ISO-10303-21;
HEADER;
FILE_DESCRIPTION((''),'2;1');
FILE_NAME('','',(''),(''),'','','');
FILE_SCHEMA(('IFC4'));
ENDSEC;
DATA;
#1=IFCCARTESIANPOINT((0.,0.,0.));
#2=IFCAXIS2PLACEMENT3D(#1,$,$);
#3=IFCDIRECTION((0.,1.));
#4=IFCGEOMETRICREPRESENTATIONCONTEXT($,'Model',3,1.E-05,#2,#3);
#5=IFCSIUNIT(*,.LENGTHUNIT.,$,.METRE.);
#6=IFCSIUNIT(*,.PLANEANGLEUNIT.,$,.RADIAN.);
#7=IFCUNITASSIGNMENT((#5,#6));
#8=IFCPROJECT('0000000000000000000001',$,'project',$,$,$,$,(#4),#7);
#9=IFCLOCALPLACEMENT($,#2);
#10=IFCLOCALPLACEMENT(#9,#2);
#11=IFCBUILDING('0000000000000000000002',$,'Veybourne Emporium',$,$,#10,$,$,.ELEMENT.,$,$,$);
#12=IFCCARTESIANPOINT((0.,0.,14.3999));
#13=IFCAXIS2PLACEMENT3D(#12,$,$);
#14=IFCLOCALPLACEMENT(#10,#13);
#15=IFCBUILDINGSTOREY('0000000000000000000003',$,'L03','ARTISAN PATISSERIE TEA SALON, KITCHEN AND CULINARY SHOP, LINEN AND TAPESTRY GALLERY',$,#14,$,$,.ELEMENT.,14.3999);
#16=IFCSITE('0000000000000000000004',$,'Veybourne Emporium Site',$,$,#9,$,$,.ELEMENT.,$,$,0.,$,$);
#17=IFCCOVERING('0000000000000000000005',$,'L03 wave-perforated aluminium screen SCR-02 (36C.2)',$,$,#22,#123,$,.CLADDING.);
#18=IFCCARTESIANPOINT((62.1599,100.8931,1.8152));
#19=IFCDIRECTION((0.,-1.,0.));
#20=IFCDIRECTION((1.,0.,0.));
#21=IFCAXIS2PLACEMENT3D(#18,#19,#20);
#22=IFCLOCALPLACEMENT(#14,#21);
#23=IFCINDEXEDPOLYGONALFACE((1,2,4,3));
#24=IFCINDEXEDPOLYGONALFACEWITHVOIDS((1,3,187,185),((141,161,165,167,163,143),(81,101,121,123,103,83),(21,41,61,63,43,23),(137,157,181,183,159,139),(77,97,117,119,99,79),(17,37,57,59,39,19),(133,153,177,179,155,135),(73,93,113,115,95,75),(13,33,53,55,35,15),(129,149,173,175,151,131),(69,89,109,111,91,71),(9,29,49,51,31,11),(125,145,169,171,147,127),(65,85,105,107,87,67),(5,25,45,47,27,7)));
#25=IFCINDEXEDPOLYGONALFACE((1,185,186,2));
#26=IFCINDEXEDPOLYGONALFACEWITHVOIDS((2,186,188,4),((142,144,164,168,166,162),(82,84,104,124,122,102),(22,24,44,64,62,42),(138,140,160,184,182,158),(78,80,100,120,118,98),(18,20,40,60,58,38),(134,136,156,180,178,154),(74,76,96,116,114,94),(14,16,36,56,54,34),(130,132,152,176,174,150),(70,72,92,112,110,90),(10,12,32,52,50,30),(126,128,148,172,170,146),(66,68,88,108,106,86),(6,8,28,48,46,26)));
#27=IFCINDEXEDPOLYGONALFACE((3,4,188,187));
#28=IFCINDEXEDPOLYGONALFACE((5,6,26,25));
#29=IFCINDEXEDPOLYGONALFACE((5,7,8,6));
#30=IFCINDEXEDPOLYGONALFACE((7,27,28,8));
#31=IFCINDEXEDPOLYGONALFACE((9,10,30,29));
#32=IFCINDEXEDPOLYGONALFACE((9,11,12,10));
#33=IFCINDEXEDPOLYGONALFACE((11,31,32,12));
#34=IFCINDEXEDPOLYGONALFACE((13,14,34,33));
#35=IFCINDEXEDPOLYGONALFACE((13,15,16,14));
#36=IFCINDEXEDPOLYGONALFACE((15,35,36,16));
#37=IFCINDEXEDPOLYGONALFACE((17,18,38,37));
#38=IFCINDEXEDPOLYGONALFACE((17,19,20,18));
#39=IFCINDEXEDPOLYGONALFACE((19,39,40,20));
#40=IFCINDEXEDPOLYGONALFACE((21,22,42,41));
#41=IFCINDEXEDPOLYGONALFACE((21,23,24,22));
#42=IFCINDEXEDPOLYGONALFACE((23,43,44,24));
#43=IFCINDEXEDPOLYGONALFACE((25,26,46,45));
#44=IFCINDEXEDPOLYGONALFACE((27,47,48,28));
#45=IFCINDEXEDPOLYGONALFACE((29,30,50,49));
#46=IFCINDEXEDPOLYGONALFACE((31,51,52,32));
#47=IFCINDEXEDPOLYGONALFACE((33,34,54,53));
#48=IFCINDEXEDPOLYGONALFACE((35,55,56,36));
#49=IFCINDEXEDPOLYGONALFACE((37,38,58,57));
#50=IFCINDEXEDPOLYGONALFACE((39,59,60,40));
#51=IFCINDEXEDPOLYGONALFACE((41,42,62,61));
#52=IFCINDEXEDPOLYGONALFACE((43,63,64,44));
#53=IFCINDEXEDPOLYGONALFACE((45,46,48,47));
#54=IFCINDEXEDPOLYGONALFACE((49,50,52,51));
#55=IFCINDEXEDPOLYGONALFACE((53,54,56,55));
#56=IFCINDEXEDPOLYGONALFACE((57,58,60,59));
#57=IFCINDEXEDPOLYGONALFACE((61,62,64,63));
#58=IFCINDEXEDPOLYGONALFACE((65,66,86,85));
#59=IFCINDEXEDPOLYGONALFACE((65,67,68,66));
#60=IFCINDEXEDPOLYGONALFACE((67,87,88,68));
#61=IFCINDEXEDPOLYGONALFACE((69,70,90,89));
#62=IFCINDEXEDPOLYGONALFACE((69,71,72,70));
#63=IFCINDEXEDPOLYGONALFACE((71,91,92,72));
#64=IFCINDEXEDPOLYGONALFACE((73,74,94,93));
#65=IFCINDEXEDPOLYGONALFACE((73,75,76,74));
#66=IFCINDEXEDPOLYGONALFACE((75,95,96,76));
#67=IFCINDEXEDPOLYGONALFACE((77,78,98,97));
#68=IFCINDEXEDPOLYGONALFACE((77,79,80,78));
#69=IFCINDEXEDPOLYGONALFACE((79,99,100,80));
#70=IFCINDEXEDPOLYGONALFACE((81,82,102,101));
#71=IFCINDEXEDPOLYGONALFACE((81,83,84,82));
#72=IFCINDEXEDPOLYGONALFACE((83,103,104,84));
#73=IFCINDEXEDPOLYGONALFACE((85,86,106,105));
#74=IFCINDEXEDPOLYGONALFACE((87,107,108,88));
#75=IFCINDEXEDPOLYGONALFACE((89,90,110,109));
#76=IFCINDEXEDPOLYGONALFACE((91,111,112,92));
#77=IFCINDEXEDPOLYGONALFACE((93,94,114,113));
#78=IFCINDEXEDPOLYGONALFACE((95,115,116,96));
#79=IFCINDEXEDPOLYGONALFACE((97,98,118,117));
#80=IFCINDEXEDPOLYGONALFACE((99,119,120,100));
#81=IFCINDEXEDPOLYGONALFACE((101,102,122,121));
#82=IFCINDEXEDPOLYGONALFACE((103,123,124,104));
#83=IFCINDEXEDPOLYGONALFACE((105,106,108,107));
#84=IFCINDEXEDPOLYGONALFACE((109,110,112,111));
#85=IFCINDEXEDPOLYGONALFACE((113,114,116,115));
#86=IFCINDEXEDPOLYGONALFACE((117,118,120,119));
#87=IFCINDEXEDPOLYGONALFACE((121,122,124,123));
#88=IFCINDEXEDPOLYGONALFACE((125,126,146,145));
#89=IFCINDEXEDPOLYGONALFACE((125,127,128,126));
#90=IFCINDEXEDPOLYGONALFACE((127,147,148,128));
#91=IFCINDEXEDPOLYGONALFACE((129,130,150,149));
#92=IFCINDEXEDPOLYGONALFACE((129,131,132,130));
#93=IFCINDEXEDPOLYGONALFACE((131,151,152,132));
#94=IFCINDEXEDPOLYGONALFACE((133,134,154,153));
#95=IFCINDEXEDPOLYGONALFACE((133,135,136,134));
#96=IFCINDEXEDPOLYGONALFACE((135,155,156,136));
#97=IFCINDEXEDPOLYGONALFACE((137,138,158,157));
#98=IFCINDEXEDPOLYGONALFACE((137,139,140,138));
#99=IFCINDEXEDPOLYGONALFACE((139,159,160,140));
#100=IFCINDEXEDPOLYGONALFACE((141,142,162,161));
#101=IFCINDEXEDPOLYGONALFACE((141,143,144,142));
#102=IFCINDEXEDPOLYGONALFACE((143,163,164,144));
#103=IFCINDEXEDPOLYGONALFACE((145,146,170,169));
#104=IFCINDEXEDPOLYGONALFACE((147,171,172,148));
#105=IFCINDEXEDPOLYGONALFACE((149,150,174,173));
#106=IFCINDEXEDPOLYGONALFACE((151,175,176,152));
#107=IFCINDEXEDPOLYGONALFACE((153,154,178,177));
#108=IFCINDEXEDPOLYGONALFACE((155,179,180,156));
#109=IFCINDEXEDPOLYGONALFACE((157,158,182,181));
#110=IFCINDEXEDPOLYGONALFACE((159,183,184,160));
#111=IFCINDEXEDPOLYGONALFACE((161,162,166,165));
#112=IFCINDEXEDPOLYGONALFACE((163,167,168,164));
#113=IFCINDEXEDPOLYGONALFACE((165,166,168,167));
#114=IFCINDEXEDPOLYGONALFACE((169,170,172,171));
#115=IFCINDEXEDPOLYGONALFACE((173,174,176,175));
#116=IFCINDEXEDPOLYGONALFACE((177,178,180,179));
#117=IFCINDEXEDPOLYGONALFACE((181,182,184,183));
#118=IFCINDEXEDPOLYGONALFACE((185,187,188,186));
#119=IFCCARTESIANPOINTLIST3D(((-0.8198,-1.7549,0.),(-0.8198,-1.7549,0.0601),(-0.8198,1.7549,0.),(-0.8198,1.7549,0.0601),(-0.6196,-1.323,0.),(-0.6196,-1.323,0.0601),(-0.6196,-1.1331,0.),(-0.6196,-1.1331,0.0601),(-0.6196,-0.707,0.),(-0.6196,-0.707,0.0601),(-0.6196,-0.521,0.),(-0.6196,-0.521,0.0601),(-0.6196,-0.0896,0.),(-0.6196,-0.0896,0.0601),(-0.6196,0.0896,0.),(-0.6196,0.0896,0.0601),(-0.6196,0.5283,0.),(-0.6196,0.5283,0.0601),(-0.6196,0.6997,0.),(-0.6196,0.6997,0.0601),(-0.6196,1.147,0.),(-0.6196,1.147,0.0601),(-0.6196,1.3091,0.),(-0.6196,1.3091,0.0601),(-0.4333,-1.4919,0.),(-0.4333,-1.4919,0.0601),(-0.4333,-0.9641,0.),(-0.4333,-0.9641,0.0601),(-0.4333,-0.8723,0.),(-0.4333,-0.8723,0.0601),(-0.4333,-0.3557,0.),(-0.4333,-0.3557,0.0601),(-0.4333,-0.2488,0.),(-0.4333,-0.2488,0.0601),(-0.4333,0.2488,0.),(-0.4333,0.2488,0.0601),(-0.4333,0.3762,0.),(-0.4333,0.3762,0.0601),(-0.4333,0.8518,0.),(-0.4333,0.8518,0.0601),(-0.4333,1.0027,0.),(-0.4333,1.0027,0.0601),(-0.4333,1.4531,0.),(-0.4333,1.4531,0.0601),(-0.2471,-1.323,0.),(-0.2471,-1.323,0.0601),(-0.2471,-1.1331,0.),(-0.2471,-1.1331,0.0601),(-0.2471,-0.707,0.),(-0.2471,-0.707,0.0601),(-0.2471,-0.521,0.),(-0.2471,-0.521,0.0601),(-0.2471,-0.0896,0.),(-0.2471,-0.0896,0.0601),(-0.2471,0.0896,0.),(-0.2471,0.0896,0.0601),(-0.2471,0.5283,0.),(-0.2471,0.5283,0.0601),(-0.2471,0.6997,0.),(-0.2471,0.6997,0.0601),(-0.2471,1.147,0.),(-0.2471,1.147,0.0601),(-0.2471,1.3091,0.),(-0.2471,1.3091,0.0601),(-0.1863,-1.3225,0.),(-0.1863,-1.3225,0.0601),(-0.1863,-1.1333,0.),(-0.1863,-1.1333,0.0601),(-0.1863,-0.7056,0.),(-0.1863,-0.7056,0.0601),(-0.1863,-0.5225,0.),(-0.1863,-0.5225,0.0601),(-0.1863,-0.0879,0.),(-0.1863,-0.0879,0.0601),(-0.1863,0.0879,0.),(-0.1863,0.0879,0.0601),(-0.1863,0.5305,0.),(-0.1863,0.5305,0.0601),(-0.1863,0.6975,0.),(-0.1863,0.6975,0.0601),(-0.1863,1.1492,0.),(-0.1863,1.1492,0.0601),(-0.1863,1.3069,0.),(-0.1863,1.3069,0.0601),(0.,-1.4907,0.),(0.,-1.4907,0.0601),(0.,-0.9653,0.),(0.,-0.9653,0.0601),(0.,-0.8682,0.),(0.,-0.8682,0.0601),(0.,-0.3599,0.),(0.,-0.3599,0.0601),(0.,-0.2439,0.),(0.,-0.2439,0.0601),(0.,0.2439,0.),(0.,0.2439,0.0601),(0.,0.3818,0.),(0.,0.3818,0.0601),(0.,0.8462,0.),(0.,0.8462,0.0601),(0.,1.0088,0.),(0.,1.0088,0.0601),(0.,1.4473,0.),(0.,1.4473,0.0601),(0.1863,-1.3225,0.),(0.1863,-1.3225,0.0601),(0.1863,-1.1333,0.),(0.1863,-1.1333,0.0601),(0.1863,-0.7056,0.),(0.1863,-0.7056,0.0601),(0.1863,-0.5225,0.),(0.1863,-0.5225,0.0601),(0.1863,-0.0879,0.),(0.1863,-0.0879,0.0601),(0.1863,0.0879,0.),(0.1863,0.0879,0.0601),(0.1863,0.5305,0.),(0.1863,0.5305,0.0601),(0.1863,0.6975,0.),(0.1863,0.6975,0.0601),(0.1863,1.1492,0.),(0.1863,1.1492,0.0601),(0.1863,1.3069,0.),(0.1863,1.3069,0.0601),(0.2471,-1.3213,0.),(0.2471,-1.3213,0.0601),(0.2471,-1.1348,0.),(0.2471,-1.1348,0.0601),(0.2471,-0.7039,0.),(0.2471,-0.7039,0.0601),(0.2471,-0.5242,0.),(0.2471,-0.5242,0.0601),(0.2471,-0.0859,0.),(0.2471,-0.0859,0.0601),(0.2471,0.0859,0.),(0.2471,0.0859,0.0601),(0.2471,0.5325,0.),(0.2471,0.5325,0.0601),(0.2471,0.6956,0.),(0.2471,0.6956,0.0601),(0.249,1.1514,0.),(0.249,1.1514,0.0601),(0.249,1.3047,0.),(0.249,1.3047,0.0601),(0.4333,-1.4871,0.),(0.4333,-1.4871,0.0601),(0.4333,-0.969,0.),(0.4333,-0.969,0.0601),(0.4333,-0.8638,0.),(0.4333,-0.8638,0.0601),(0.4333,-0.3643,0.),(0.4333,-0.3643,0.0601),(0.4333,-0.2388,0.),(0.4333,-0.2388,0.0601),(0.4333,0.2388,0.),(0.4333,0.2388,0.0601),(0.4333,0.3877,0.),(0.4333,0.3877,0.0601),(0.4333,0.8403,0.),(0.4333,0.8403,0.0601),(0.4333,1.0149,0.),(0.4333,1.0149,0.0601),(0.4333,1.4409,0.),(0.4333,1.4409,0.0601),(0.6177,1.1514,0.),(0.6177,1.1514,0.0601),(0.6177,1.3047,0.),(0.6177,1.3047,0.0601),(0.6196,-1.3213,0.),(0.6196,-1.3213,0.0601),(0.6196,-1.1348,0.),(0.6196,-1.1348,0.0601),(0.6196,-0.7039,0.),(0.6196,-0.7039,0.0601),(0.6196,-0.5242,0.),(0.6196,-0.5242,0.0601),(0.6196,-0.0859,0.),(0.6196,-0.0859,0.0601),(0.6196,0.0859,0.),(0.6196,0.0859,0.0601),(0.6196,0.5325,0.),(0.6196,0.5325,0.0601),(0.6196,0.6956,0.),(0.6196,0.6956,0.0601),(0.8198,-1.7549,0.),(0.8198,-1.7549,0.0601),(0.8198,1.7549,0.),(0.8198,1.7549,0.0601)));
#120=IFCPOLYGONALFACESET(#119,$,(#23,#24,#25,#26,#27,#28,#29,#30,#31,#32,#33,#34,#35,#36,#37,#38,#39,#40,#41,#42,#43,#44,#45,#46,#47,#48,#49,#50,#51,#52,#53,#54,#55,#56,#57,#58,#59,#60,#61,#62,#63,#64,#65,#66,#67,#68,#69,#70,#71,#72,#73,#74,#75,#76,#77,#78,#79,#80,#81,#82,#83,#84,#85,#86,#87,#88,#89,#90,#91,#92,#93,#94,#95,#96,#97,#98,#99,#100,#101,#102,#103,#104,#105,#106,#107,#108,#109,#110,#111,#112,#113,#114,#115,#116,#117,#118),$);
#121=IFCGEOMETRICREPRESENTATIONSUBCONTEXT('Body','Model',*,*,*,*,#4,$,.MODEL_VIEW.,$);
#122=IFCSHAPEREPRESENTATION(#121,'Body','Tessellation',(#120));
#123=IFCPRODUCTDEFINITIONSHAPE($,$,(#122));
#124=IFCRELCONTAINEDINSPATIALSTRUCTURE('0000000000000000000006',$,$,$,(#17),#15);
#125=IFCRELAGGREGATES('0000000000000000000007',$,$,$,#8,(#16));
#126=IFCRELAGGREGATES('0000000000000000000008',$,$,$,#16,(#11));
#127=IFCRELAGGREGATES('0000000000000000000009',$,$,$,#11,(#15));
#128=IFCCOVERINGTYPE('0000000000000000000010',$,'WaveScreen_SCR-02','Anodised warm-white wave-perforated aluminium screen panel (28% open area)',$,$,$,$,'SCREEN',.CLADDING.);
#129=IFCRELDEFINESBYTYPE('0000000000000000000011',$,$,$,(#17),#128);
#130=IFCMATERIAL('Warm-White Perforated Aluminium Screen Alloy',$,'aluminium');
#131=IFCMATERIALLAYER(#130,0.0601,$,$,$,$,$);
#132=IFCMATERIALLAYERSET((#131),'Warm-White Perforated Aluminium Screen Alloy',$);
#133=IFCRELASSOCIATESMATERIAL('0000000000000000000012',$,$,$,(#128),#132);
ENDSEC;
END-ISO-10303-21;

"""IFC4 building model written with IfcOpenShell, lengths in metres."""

from ifc_helpers import new_model, si_unit, direction, frame, origin, place, context, subcontext, project, spatial, polyline, outline, extrude, material, layer, layer_set, type_object, element, save


model = new_model("IFC4")

# Units and contexts
model_context = context("Model", 3, precision=1e-05, world=origin(), true_north=direction((0.0, 1.0)))
body_context = subcontext(model_context, "Body", "Model", "MODEL_VIEW")
ifc_project = project(units=[si_unit("LENGTHUNIT", "METRE"), si_unit("PLANEANGLEUNIT", "RADIAN")], contexts=[model_context])

# Site, building, storey
site_placement = place(None, origin())
site = spatial("IfcSite", under=ifc_project, at=site_placement, Name="Veybourne Emporium Site", CompositionType="ELEMENT", RefElevation=0.0)
building_placement = place(site_placement, origin())
building = spatial("IfcBuilding", under=site, at=building_placement, Name="Veybourne Emporium", CompositionType="ELEMENT")
storey_placement = place(building_placement, frame((0.0, 0.0, 14.3999)))
storey = spatial("IfcBuildingStorey", under=building, at=storey_placement, Name="L03", Description="ARTISAN PATISSERIE TEA SALON, KITCHEN AND CULINARY SHOP, LINEN AND TAPESTRY GALLERY", CompositionType="ELEMENT", Elevation=14.3999)

# Covering
ifc_material_1 = material(Name="Warm-White Perforated Aluminium Screen Alloy", Category="aluminium")
ifc_layer_1 = layer(ifc_material_1, 0.0601)
ifc_layer_set_1 = layer_set([ifc_layer_1], Name="Warm-White Perforated Aluminium Screen Alloy")
covering_type_1 = type_object("IfcCoveringType", Name="WaveScreen_SCR-02", Description="Anodised warm-white wave-perforated aluminium screen panel (28% open area)", ElementType="SCREEN", PredefinedType="CLADDING", material=ifc_layer_set_1)
covering_1_placement = place(storey_placement, frame((62.1599, 100.8931, 1.8152), z_axis=(0.0, -1.0, 0.0), x_axis=(1.0, 0.0, 0.0)))
element("IfcCovering", 1, at=covering_1_placement, inside=storey, type_object=covering_type_1, Name="L03 wave-perforated aluminium screen SCR-02 (36C.2)", PredefinedType="CLADDING", context=body_context, shape_type="SweptSolid", body=[
    extrude(outline(polyline([(-0.8198, -1.7549), (0.8198, -1.7549), (0.8198, 1.7549), (-0.8198, 1.7549), (-0.8198, -1.7549)]), holes=[polyline([(-0.4333, -0.9641), (-0.2471, -1.1331), (-0.2471, -1.323), (-0.4333, -1.4919), (-0.6196, -1.323), (-0.6196, -1.1331), (-0.4333, -0.9641)]), polyline([(-0.4333, -0.3557), (-0.2471, -0.521), (-0.2471, -0.707), (-0.4333, -0.8723), (-0.6196, -0.707), (-0.6196, -0.521), (-0.4333, -0.3557)]), polyline([(-0.4333, 0.2488), (-0.2471, 0.0896), (-0.2471, -0.0896), (-0.4333, -0.2488), (-0.6196, -0.0896), (-0.6196, 0.0896), (-0.4333, 0.2488)]), polyline([(-0.4333, 0.8518), (-0.2471, 0.6997), (-0.2471, 0.5283), (-0.4333, 0.3762), (-0.6196, 0.5283), (-0.6196, 0.6997), (-0.4333, 0.8518)]), polyline([(-0.4333, 1.4531), (-0.2471, 1.3091), (-0.2471, 1.147), (-0.4333, 1.0027), (-0.6196, 1.147), (-0.6196, 1.3091), (-0.4333, 1.4531)]), polyline([(0.0, -0.9653), (0.1863, -1.1333), (0.1863, -1.3225), (0.0, -1.4907), (-0.1863, -1.3225), (-0.1863, -1.1333), (0.0, -0.9653)]), polyline([(0.0, -0.3599), (0.1863, -0.5225), (0.1863, -0.7056), (0.0, -0.8682), (-0.1863, -0.7056), (-0.1863, -0.5225), (0.0, -0.3599)]), polyline([(0.0, 0.2439), (0.1863, 0.0879), (0.1863, -0.0879), (0.0, -0.2439), (-0.1863, -0.0879), (-0.1863, 0.0879), (0.0, 0.2439)]), polyline([(0.0, 0.8462), (0.1863, 0.6975), (0.1863, 0.5305), (0.0, 0.3818), (-0.1863, 0.5305), (-0.1863, 0.6975), (0.0, 0.8462)]), polyline([(0.0, 1.4473), (0.1863, 1.3069), (0.1863, 1.1492), (0.0, 1.0088), (-0.1863, 1.1492), (-0.1863, 1.3069), (0.0, 1.4473)]), polyline([(0.4333, -0.969), (0.6196, -1.1348), (0.6196, -1.3213), (0.4333, -1.4871), (0.2471, -1.3213), (0.2471, -1.1348), (0.4333, -0.969)]), polyline([(0.4333, -0.3643), (0.6196, -0.5242), (0.6196, -0.7039), (0.4333, -0.8638), (0.2471, -0.7039), (0.2471, -0.5242), (0.4333, -0.3643)]), polyline([(0.4333, 0.2388), (0.6196, 0.0859), (0.6196, -0.0859), (0.4333, -0.2388), (0.2471, -0.0859), (0.2471, 0.0859), (0.4333, 0.2388)]), polyline([(0.4333, 0.8403), (0.6196, 0.6956), (0.6196, 0.5325), (0.4333, 0.3877), (0.2471, 0.5325), (0.2471, 0.6956), (0.4333, 0.8403)]), polyline([(0.4333, 1.4409), (0.6177, 1.3047), (0.6177, 1.1514), (0.4333, 1.0149), (0.249, 1.1514), (0.249, 1.3047), (0.4333, 1.4409)])]), origin(), (0.0, 0.0, 1.0), 0.0601),
])

save(model, "model.ifc")
